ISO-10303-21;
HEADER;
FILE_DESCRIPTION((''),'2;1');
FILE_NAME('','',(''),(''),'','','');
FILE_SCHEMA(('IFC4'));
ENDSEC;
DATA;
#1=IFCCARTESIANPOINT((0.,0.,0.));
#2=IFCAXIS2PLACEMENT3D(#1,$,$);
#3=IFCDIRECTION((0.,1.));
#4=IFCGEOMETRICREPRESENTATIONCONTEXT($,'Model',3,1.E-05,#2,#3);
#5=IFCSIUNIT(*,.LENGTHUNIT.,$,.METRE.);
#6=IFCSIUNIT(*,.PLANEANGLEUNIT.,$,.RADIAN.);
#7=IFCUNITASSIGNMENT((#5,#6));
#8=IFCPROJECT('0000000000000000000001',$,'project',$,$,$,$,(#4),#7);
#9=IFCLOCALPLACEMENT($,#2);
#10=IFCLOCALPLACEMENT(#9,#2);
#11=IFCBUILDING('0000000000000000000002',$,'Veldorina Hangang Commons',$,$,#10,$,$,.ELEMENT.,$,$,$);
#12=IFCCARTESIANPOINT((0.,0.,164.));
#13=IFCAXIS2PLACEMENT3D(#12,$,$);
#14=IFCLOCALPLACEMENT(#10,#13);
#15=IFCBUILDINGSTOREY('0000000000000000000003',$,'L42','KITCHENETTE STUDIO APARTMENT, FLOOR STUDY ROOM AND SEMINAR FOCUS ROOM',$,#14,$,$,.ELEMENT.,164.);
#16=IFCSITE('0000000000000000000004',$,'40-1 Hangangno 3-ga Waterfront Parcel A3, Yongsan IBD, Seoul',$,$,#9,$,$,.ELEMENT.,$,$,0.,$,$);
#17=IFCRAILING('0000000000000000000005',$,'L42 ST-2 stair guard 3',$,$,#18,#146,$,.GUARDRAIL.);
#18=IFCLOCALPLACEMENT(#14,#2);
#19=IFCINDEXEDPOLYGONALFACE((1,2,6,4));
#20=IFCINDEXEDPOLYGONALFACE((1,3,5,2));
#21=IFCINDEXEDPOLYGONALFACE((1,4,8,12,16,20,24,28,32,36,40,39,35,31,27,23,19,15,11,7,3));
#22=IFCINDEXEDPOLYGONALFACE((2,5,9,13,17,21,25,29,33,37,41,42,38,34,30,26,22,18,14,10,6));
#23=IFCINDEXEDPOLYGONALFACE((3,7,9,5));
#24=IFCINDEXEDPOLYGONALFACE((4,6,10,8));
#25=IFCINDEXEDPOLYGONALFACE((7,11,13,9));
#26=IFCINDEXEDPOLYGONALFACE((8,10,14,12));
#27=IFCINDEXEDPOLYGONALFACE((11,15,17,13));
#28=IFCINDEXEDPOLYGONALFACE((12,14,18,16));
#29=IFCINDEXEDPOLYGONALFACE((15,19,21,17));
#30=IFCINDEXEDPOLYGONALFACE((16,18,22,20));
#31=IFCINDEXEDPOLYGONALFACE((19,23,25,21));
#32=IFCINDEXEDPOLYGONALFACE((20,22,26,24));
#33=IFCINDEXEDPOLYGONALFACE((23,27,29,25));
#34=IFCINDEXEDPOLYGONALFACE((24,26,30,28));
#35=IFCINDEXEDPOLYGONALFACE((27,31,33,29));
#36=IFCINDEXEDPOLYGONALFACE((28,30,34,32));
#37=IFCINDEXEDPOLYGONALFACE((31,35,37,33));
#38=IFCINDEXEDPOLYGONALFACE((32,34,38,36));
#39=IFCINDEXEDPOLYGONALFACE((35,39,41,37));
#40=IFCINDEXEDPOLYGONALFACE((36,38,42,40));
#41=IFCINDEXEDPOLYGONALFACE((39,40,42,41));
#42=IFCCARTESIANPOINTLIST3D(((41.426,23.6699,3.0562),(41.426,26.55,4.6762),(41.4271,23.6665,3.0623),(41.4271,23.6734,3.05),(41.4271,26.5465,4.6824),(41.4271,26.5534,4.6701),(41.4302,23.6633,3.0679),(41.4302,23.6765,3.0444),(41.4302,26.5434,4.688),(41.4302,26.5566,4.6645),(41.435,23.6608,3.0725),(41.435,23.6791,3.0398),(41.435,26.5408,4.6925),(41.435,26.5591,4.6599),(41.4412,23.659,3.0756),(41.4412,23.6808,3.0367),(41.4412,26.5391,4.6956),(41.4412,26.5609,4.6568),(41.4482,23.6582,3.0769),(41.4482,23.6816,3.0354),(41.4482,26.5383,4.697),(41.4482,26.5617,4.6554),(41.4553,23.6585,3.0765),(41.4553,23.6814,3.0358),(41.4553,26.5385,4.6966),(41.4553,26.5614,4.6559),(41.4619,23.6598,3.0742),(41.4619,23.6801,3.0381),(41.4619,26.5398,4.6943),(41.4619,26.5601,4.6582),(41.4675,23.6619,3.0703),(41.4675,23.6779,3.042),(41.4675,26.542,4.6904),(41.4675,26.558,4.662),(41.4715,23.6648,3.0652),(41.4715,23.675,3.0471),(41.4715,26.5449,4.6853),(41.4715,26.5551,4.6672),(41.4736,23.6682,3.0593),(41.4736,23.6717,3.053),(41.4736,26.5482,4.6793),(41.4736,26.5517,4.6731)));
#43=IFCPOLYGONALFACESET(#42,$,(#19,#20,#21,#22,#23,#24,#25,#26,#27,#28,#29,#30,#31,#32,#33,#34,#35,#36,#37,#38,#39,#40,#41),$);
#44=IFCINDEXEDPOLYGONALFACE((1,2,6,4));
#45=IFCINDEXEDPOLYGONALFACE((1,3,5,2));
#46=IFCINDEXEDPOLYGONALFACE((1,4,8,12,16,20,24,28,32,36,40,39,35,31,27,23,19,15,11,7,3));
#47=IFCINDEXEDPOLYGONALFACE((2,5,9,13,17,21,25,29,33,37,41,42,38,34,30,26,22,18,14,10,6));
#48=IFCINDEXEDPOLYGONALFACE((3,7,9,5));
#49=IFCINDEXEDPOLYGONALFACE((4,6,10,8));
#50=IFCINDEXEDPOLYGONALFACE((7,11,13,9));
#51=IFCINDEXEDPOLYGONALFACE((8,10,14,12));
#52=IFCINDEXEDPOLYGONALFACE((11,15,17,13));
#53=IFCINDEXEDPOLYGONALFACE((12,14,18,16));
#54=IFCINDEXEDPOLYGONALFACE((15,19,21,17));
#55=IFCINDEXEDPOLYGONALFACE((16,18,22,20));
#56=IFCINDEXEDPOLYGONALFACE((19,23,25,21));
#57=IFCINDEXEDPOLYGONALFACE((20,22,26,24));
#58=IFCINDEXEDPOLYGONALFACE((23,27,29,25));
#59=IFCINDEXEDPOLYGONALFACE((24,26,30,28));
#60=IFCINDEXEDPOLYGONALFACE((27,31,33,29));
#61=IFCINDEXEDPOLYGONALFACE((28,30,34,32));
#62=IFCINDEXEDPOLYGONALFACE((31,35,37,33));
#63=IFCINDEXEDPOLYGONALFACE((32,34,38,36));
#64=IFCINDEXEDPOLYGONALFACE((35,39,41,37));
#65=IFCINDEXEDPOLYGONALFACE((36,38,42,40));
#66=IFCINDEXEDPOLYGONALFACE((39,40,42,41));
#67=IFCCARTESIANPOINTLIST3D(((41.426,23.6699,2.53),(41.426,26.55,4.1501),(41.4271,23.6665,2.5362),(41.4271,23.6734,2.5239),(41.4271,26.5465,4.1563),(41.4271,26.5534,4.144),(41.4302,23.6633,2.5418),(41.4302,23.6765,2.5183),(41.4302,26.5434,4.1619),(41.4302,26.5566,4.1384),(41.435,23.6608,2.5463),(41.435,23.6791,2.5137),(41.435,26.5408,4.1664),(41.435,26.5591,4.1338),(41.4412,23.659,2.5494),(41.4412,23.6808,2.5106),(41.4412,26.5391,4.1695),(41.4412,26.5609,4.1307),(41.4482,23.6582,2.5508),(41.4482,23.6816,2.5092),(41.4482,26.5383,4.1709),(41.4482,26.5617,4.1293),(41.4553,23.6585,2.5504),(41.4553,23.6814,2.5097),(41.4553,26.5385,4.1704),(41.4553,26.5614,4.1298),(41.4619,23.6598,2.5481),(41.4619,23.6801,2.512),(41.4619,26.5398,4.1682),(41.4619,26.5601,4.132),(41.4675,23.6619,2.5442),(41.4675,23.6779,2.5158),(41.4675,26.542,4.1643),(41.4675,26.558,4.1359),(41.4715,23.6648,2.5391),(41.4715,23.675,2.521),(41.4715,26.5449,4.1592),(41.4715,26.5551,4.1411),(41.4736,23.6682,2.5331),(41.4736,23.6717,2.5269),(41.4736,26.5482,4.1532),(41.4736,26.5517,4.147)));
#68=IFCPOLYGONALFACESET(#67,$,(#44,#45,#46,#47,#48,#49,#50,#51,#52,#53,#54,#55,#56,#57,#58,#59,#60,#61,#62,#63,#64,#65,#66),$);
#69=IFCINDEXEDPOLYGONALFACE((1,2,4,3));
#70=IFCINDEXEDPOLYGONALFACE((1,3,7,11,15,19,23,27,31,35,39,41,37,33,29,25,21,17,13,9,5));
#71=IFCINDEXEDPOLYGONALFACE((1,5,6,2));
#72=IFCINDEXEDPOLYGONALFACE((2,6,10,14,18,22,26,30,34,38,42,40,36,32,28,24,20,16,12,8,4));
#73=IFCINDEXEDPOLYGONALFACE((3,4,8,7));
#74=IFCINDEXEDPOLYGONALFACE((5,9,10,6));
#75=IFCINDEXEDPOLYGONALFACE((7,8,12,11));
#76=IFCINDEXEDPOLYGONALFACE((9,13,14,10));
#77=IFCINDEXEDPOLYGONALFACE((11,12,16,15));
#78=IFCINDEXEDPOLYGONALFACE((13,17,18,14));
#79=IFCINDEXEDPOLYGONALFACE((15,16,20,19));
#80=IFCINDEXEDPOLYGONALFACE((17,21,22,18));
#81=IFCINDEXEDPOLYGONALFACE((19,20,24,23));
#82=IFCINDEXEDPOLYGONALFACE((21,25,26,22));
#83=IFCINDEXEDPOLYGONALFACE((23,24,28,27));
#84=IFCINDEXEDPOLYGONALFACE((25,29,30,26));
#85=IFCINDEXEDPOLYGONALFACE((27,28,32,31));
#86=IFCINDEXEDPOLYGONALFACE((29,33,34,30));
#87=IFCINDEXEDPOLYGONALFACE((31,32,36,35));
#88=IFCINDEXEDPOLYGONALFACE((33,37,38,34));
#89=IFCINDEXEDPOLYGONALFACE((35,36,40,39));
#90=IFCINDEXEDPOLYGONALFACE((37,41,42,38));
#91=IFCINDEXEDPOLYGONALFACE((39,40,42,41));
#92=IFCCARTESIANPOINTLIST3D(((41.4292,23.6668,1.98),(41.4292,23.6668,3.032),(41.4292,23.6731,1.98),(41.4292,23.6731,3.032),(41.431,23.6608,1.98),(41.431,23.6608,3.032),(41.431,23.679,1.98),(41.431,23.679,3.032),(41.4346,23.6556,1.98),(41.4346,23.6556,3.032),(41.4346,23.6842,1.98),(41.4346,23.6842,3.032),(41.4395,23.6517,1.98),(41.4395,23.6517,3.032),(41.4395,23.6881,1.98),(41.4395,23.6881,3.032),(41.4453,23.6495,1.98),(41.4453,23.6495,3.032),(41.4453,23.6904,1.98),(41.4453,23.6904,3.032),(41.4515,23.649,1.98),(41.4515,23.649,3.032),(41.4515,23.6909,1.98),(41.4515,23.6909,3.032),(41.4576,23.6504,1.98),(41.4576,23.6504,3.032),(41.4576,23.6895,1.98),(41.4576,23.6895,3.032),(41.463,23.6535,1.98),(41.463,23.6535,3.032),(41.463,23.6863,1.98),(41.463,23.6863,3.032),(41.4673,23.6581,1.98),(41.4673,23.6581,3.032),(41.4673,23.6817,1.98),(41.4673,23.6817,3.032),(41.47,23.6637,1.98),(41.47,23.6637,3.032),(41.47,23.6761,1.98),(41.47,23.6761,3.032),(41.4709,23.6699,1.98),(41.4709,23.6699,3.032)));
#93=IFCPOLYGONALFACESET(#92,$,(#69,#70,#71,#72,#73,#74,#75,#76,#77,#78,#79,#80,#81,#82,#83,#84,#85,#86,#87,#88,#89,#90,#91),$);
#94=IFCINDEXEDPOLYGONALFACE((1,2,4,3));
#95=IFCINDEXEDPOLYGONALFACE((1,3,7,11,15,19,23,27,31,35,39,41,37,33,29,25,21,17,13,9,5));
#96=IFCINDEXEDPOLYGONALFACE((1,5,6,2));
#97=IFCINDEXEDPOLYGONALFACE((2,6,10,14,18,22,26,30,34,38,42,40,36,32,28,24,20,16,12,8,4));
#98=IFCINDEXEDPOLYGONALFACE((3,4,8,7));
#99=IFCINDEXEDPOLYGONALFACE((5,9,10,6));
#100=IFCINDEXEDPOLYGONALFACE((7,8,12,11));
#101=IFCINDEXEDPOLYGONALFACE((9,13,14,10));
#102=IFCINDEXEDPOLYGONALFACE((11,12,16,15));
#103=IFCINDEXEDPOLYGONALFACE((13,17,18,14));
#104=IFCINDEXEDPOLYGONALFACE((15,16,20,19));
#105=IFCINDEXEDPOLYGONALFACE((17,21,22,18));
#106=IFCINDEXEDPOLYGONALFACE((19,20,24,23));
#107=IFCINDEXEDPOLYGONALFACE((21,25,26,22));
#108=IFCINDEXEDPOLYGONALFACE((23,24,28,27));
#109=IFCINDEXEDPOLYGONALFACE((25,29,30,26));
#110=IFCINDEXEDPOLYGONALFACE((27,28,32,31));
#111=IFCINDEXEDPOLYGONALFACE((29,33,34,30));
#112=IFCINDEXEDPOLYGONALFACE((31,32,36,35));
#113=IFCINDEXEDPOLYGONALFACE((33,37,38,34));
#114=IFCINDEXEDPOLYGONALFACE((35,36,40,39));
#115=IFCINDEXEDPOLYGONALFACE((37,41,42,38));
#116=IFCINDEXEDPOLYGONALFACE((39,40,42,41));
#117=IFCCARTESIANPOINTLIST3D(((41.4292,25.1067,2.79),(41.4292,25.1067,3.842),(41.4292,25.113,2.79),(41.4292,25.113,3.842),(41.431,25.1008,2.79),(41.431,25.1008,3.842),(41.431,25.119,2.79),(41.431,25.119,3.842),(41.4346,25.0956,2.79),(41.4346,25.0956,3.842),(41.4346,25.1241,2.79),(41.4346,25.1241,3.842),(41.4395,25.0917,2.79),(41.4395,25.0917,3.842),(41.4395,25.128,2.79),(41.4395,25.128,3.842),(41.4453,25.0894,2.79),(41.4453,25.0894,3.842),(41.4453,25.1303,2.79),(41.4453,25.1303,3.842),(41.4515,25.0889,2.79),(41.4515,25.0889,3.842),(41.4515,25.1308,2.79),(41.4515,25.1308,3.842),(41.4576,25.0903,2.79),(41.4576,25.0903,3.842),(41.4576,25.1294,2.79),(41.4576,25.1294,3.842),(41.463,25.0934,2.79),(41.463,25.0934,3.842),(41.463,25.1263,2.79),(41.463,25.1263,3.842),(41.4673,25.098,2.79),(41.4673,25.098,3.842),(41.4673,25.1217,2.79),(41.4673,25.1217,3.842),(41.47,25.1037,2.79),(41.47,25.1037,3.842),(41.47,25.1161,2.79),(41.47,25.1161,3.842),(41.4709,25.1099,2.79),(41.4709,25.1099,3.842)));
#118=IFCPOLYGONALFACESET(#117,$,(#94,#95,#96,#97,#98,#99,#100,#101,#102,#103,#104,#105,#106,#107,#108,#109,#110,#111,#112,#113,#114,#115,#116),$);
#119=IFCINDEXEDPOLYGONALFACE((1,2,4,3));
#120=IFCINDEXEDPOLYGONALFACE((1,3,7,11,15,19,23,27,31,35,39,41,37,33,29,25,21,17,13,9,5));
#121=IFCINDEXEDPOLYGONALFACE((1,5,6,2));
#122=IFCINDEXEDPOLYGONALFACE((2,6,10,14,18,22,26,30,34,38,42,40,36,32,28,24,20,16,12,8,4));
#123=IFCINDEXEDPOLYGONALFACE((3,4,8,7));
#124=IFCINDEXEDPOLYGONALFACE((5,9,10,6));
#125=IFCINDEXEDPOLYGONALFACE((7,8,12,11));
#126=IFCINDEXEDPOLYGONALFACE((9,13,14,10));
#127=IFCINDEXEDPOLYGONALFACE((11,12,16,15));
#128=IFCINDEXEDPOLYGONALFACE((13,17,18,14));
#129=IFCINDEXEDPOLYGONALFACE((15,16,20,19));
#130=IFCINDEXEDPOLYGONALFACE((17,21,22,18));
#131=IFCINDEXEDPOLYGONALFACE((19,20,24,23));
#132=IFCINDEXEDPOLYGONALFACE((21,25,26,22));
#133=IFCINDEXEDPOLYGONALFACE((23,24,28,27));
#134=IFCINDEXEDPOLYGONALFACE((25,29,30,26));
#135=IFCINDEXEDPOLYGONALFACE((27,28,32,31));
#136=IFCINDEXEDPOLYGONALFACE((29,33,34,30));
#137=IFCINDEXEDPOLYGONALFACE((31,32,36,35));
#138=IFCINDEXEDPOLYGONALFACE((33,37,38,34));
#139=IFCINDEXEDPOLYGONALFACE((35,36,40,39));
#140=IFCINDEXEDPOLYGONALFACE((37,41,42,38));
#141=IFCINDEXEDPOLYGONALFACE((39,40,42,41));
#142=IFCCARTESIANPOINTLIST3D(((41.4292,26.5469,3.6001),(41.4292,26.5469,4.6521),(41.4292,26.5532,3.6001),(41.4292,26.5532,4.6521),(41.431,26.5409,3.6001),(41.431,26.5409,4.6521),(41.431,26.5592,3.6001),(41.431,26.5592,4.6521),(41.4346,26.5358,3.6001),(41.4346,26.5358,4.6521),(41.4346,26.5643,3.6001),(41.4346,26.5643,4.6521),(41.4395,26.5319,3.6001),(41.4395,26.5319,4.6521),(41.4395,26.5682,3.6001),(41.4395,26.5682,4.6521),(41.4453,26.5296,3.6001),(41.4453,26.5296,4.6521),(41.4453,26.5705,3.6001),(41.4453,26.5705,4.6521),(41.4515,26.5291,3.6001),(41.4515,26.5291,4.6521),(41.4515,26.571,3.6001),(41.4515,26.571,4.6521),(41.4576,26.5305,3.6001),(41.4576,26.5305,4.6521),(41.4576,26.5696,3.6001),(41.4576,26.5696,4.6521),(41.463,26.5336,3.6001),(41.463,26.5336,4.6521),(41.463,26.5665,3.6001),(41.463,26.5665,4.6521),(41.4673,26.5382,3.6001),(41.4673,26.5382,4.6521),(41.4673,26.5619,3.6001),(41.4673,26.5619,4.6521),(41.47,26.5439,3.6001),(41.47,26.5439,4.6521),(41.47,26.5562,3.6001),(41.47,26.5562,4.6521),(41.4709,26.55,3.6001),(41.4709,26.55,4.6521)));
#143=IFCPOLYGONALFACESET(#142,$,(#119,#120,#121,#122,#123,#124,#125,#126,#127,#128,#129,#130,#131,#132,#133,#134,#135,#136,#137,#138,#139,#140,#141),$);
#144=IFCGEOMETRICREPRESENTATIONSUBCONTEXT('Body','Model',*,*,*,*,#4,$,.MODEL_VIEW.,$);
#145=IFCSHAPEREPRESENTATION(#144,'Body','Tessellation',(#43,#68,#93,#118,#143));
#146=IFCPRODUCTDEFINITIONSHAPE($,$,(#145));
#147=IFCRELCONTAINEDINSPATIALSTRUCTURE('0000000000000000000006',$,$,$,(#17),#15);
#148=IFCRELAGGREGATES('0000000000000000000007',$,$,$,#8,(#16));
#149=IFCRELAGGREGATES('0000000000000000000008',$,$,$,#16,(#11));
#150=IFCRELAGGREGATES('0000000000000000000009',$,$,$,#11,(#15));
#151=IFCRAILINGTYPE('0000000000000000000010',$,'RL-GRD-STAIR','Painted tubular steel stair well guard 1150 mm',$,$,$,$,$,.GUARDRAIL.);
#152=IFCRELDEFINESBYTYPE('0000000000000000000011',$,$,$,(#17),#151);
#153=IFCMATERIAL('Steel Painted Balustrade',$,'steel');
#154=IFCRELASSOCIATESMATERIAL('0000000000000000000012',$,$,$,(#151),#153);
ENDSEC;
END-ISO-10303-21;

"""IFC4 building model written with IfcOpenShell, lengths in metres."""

from ifc_helpers import new_model, si_unit, direction, frame, origin, origin_2d, place, context, subcontext, project, spatial, circle, extrude, material, type_object, element, save


model = new_model("IFC4")

# Units and contexts
model_context = context("Model", 3, precision=1e-05, world=origin(), true_north=direction((0.0, 1.0)))
body_context = subcontext(model_context, "Body", "Model", "MODEL_VIEW")
ifc_project = project(units=[si_unit("LENGTHUNIT", "METRE"), si_unit("PLANEANGLEUNIT", "RADIAN")], contexts=[model_context])

# Site, building, storey
site_placement = place(None, origin())
site = spatial("IfcSite", under=ifc_project, at=site_placement, Name="40-1 Hangangno 3-ga Waterfront Parcel A3, Yongsan IBD, Seoul", CompositionType="ELEMENT", RefElevation=0.0)
building_placement = place(site_placement, origin())
building = spatial("IfcBuilding", under=site, at=building_placement, Name="Veldorina Hangang Commons", CompositionType="ELEMENT")
storey_placement = place(building_placement, frame((0.0, 0.0, 164.0)))
storey = spatial("IfcBuildingStorey", under=building, at=storey_placement, Name="L42", Description="KITCHENETTE STUDIO APARTMENT, FLOOR STUDY ROOM AND SEMINAR FOCUS ROOM", CompositionType="ELEMENT", Elevation=164.0)

# Railing
ifc_material_1 = material(Name="Steel Painted Balustrade", Category="steel")
railing_type_1 = type_object("IfcRailingType", Name="RL-GRD-STAIR", Description="Painted tubular steel stair well guard 1150 mm", PredefinedType="GUARDRAIL", material=ifc_material_1)
railing_1_placement = place(storey_placement, frame((41.45, 23.6699, 1.98)))
element("IfcRailing", 1, at=railing_1_placement, inside=storey, type_object=railing_type_1, Name="L42 ST-2 stair guard 3", PredefinedType="GUARDRAIL", context=body_context, shape_type="SweptSolid", body=[
    extrude(circle(Radius=0.0239, at=origin_2d()), frame((0.0, 0.0, 1.0762), z_axis=(0.0, 0.87157, 0.490272), x_axis=(-1.0, 0.0, 0.0)), (0.0, 0.0, 1.0), 3.3044),
    extrude(circle(Radius=0.0239, at=origin_2d()), frame((0.0, 0.0, 0.55), z_axis=(0.0, 0.87157, 0.490272), x_axis=(-1.0, 0.0, 0.0)), (0.0, 0.0, 1.0), 3.3044),
    extrude(circle(Radius=0.021, at=origin_2d()), origin(), (0.0, 0.0, 1.0), 1.052),
    extrude(circle(Radius=0.021, at=origin_2d()), frame((0.0, 1.4399, 0.8101)), (0.0, 0.0, 1.0), 1.052),
    extrude(circle(Radius=0.021, at=origin_2d()), frame((0.0, 2.8801, 1.6201)), (0.0, 0.0, 1.0), 1.052),
])

save(model, "model.ifc")
